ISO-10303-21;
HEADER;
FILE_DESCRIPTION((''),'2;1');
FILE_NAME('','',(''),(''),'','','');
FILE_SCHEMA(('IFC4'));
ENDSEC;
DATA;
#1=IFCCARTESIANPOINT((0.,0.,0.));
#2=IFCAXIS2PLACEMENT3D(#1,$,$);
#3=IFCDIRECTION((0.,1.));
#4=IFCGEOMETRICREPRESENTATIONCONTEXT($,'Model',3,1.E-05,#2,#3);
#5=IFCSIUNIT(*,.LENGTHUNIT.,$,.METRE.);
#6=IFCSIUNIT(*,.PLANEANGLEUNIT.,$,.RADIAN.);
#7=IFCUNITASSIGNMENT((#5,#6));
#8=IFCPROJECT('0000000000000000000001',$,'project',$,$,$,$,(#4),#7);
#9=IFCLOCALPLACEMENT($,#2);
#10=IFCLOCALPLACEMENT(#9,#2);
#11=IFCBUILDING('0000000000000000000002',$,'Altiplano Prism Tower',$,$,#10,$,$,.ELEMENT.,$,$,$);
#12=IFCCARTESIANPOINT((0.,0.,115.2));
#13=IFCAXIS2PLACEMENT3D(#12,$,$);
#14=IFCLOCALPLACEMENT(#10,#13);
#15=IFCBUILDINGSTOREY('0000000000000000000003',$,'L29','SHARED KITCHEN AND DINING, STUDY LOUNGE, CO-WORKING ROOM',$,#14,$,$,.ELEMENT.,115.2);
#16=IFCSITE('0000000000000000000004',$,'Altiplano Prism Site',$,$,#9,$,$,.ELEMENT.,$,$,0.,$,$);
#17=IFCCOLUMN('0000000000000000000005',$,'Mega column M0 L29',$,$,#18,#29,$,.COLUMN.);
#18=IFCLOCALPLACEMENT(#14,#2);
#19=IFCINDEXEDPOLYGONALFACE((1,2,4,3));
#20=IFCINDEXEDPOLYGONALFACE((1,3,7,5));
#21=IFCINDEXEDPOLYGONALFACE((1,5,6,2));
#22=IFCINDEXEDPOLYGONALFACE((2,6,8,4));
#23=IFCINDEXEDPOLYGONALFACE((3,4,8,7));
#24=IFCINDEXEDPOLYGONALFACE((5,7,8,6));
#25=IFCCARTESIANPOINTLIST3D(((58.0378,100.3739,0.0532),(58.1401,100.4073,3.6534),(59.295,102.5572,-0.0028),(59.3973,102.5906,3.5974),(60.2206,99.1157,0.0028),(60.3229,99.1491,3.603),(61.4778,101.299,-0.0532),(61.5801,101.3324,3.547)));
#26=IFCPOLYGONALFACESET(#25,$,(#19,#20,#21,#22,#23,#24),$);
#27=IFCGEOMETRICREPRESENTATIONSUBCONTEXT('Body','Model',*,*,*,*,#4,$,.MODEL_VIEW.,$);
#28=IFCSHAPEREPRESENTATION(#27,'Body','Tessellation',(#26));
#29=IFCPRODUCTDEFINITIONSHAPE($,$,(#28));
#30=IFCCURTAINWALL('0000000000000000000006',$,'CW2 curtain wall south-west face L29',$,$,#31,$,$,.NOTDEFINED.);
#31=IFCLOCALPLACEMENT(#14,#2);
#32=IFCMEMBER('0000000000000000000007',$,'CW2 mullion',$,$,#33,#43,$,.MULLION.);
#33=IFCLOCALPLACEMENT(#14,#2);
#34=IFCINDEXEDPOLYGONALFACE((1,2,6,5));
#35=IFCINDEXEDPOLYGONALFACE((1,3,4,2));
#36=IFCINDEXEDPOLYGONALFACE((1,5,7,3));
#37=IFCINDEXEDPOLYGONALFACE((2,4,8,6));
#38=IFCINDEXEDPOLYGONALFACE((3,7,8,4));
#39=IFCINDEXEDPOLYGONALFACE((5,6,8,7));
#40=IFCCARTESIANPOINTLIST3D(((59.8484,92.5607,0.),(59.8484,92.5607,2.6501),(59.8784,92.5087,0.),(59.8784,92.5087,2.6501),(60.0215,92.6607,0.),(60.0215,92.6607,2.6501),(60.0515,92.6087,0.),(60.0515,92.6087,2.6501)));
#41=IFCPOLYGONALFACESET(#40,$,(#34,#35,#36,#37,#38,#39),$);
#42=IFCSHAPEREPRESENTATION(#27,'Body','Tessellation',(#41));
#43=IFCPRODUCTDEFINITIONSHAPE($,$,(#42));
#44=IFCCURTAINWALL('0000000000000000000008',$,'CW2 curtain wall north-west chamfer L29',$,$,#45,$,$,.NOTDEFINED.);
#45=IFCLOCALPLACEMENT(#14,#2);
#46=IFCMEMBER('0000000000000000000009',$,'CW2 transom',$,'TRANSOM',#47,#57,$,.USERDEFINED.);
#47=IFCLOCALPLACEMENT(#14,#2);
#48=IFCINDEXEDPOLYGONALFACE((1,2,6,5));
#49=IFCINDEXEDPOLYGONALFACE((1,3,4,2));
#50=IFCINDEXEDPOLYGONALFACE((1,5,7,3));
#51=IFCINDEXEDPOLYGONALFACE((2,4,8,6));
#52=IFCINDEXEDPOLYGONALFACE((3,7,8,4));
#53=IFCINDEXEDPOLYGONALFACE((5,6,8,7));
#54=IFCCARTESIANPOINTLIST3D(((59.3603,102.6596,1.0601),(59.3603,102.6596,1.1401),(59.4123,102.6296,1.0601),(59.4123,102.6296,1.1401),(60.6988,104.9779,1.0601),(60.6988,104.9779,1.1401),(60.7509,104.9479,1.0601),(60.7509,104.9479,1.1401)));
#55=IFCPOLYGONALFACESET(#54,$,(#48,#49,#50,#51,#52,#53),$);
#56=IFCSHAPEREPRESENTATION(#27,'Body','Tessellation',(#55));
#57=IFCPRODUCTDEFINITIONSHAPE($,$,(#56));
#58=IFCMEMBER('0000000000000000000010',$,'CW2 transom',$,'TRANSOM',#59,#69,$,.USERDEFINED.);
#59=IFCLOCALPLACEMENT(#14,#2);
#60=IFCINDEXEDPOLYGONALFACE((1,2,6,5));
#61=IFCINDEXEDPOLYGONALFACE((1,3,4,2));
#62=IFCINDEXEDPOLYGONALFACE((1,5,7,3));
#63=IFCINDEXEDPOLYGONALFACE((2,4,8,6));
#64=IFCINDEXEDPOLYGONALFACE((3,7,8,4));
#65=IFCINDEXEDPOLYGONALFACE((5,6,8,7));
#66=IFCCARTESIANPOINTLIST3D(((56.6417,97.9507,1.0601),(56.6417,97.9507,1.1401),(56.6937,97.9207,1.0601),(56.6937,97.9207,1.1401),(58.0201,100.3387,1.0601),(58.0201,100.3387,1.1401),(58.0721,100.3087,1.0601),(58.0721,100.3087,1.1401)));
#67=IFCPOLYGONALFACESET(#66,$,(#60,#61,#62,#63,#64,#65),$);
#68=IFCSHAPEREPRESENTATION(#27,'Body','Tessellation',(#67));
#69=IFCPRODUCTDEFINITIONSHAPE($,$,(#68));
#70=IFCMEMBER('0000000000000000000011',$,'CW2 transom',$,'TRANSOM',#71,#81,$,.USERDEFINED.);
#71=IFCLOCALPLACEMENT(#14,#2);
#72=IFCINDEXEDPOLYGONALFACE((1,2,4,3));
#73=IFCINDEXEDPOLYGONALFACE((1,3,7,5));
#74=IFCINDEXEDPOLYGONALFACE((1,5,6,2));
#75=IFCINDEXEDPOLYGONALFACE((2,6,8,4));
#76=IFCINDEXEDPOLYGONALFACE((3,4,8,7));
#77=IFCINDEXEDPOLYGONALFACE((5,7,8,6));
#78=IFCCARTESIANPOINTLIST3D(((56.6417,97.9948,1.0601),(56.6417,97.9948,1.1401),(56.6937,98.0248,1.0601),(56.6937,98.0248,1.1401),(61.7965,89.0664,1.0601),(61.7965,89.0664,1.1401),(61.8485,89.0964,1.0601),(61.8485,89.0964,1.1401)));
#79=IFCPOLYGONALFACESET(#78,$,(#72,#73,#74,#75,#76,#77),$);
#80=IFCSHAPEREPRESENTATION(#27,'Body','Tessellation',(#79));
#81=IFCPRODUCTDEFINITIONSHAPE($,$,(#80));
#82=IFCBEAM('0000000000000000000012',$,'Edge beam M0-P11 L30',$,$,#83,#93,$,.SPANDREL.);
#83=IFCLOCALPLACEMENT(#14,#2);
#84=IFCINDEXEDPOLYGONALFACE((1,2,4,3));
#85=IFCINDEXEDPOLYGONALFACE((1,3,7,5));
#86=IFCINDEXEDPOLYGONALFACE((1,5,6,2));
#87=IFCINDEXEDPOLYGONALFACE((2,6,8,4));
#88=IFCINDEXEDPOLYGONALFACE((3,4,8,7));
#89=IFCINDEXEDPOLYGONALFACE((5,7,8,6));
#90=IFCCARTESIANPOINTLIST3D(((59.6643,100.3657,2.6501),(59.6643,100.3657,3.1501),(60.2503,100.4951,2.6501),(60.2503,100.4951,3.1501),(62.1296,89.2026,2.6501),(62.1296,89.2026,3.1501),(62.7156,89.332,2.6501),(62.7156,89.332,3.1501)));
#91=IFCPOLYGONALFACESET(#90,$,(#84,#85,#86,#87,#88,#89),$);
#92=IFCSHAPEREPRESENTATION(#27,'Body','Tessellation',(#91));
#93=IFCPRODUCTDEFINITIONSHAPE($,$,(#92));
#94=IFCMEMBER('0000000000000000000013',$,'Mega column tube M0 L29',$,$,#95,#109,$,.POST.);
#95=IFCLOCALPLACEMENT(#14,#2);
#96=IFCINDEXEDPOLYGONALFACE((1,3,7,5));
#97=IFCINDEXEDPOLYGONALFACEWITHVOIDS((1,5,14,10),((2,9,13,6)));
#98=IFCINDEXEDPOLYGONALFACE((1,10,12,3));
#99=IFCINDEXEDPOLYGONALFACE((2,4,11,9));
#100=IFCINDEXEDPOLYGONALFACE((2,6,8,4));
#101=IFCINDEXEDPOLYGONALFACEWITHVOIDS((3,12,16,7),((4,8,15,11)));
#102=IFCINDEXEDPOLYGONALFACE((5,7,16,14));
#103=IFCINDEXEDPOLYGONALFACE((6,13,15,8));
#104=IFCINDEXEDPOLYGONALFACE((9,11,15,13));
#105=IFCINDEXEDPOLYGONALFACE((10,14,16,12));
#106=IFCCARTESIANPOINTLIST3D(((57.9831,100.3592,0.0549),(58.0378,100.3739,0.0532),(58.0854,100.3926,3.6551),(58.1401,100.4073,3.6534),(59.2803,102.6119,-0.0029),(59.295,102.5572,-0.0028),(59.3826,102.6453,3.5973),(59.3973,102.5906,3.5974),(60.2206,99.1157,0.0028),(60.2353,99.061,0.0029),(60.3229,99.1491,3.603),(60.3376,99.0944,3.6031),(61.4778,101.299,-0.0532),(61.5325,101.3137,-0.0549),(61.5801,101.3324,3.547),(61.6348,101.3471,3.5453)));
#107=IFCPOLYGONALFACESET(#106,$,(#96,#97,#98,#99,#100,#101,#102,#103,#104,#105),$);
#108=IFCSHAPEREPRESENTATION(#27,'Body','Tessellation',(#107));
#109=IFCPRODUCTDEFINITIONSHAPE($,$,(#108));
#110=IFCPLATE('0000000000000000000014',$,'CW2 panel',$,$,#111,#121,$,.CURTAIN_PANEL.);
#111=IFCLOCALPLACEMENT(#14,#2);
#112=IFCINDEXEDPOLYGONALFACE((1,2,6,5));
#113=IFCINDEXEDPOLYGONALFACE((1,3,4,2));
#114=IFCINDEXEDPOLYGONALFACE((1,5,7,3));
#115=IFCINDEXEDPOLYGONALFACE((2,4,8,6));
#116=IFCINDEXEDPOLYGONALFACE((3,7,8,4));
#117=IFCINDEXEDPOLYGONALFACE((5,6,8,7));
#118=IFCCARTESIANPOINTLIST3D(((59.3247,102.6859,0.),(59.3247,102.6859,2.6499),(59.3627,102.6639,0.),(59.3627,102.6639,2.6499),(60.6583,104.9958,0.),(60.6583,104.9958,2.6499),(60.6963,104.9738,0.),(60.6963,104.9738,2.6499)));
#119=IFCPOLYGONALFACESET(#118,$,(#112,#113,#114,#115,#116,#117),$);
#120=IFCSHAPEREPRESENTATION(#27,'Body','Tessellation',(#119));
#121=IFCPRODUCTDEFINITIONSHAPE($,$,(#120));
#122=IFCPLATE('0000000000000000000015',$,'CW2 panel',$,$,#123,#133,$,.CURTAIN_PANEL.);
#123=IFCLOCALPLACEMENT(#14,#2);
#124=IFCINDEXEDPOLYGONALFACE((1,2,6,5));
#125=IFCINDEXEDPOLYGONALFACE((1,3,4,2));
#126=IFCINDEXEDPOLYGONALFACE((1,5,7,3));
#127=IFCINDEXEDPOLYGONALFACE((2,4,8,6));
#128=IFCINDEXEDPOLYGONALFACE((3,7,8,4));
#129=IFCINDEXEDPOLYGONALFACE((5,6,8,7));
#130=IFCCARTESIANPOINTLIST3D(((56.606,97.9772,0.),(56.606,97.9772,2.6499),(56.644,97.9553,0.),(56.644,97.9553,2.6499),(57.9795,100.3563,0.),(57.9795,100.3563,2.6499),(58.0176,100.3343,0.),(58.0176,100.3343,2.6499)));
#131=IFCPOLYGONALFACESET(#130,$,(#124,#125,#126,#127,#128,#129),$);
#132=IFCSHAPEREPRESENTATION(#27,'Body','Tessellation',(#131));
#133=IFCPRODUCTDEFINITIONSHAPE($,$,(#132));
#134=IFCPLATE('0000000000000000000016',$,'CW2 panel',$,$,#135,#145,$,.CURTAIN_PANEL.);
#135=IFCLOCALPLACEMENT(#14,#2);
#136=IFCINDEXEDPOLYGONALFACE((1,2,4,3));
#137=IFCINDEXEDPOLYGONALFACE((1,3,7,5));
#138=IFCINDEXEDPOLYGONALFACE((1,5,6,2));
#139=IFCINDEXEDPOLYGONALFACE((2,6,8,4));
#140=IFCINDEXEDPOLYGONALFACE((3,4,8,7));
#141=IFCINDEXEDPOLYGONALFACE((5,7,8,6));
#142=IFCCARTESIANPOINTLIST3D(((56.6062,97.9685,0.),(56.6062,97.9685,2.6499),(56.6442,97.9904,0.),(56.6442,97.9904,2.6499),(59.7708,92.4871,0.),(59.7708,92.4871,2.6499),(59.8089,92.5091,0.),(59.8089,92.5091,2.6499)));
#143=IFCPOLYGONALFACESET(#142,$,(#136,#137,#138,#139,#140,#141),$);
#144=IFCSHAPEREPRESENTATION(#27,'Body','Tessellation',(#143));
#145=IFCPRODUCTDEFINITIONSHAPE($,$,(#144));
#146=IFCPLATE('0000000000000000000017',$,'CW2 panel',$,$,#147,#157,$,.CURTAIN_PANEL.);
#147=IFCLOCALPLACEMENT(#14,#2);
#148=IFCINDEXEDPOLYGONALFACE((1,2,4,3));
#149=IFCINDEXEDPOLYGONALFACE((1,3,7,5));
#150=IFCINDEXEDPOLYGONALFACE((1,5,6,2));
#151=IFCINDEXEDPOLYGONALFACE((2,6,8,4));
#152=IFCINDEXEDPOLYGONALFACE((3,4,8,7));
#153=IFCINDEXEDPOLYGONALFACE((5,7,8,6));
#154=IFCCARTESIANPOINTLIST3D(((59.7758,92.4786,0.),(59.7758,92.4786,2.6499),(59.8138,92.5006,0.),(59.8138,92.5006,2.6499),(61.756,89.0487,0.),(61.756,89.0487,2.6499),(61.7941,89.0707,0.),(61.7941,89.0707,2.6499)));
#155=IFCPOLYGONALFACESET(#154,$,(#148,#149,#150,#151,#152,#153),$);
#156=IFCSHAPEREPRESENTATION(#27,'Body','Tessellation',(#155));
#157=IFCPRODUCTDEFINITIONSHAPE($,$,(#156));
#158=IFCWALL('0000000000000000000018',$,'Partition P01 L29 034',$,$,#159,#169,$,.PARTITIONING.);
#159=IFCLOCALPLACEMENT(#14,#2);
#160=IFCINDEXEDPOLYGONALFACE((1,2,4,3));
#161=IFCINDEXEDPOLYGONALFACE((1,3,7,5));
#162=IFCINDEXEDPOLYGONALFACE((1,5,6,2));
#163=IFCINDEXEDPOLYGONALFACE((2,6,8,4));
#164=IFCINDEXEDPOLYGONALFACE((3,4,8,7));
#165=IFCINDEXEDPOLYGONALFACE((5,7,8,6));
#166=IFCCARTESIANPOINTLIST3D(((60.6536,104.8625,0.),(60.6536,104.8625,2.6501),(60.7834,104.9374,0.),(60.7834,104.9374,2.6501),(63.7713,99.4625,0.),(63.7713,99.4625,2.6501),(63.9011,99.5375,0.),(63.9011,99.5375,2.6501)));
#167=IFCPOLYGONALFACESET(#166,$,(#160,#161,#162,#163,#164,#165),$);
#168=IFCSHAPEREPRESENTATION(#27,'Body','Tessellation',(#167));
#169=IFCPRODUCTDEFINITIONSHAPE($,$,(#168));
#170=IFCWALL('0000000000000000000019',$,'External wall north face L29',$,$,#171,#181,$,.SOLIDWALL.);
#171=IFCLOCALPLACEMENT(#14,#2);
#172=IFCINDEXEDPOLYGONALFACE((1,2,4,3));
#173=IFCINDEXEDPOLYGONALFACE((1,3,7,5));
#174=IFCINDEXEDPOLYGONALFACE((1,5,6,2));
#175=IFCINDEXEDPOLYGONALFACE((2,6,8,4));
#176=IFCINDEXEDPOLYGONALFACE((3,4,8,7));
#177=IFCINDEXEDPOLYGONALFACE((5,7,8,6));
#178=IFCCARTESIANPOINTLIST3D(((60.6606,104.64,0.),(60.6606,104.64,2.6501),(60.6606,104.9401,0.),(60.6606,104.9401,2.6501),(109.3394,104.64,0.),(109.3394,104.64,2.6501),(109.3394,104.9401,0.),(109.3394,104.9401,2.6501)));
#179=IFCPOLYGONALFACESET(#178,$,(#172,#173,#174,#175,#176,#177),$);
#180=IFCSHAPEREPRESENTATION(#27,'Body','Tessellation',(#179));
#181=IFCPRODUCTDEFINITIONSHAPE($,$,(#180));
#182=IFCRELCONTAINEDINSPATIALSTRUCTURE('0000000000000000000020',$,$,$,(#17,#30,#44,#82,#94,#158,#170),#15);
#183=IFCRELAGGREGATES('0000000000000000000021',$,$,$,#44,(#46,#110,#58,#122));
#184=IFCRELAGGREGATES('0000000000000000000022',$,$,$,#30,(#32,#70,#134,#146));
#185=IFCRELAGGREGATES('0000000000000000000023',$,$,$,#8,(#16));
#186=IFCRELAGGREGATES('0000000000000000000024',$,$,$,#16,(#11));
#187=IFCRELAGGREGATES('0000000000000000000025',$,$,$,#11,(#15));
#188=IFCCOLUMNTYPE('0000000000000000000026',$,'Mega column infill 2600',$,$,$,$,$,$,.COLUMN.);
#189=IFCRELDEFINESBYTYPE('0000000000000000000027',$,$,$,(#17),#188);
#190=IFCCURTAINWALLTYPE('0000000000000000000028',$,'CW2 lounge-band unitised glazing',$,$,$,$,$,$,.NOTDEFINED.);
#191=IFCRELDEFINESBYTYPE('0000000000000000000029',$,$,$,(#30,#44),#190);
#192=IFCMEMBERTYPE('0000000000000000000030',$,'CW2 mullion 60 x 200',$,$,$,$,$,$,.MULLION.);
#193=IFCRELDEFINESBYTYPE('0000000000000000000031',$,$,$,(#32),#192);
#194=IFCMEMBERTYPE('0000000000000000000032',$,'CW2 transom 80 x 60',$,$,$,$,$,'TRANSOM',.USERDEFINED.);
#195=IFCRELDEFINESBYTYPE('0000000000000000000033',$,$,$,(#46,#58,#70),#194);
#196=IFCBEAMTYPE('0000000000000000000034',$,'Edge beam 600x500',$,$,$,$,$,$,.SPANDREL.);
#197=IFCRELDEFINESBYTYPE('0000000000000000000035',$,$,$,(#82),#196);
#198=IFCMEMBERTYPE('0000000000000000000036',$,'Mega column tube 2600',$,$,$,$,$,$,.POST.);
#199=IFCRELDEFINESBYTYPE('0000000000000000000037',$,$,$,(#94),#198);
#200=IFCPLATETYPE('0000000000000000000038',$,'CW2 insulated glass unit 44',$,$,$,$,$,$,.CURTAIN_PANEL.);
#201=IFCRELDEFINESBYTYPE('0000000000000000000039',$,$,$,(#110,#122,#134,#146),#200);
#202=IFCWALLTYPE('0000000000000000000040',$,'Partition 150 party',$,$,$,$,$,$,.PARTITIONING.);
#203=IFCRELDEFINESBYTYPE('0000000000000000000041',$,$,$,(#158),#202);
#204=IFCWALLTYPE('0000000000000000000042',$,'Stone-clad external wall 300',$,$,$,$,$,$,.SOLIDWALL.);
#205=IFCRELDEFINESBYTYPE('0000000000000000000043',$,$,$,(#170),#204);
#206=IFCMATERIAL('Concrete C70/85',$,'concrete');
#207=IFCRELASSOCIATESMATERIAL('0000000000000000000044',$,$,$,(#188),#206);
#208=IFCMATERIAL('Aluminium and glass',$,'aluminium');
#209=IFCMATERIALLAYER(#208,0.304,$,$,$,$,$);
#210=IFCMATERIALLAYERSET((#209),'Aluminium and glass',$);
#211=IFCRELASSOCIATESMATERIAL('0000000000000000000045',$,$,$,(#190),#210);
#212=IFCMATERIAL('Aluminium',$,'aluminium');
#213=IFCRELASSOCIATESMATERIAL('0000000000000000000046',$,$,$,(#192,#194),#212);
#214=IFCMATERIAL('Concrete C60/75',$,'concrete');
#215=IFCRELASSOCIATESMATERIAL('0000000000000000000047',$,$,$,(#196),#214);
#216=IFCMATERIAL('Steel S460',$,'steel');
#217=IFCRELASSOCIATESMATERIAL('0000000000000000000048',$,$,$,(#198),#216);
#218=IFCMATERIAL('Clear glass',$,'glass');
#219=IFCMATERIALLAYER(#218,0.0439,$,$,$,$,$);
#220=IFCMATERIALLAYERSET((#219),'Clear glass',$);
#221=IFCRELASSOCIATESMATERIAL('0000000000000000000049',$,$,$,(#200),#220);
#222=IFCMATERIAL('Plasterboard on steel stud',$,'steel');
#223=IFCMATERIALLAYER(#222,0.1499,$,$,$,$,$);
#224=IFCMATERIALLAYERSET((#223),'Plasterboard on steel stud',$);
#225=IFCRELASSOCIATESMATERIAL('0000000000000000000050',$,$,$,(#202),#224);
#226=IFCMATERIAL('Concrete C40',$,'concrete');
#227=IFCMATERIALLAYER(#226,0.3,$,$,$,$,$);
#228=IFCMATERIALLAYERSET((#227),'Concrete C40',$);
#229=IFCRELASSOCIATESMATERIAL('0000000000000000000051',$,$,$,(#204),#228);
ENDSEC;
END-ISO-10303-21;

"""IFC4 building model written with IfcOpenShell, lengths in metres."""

from ifc_helpers import new_model, si_unit, direction, frame, frame_2d, origin, origin_2d, place, context, subcontext, project, spatial, rectangle, hollow_rectangle, extrude, material, layer, layer_set, material_profile, profile_set, type_object, element, aggregate, save


model = new_model("IFC4")

# Units and contexts
model_context = context("Model", 3, precision=1e-05, world=origin(), true_north=direction((0.0, 1.0)))
body_context = subcontext(model_context, "Body", "Model", "MODEL_VIEW")
ifc_project = project(units=[si_unit("LENGTHUNIT", "METRE"), si_unit("PLANEANGLEUNIT", "RADIAN")], contexts=[model_context])

# Site, building, storey
site_placement = place(None, origin())
site = spatial("IfcSite", under=ifc_project, at=site_placement, Name="Altiplano Prism Site", CompositionType="ELEMENT", RefElevation=0.0)
building_placement = place(site_placement, origin())
building = spatial("IfcBuilding", under=site, at=building_placement, Name="Altiplano Prism Tower", CompositionType="ELEMENT")
storey_placement = place(building_placement, frame((0.0, 0.0, 115.2)))
storey = spatial("IfcBuildingStorey", under=building, at=storey_placement, Name="L29", Description="SHARED KITCHEN AND DINING, STUDY LOUNGE, CO-WORKING ROOM", CompositionType="ELEMENT", Elevation=115.2)

# Column
ifc_material_1 = material(Name="Concrete C70/85", Category="concrete")
ifc_material_profile_1 = material_profile(ifc_material_1, rectangle(XDim=2.52, YDim=2.52, at=origin_2d()), Name="Mega column infill 2600")
ifc_profile_set_1 = profile_set([ifc_material_profile_1], Name="Concrete C70/85")
column_type = type_object("IfcColumnType", Name="Mega column infill 2600", PredefinedType="COLUMN", material=ifc_profile_set_1)
column_placement = place(storey_placement, frame((59.7578, 100.8364, 0.0), z_axis=(0.028402, 0.009287, 0.999553), x_axis=(-0.866202, 0.499295, 0.019974)))
element("IfcColumn", 1, at=column_placement, inside=storey, type_object=column_type, Name="Mega column M0 L29", PredefinedType="COLUMN", context=body_context, shape_type="SweptSolid", body=[
    extrude(rectangle(XDim=2.52, YDim=2.52, at=origin_2d()), origin(), (0.0, 0.0, 1.0), 3.6018),
])

# Curtain wall, member
ifc_material_2 = material(Name="Aluminium and glass", Category="aluminium")
ifc_layer_1 = layer(ifc_material_2, 0.304)
ifc_layer_set_1 = layer_set([ifc_layer_1], Name="Aluminium and glass")
curtain_wall_type = type_object("IfcCurtainWallType", Name="CW2 lounge-band unitised glazing", PredefinedType="NOTDEFINED", material=ifc_layer_set_1)
curtain_wall_1_placement = place(storey_placement, origin())
curtain_wall_1 = element("IfcCurtainWall", 2, at=curtain_wall_1_placement, inside=storey, type_object=curtain_wall_type, Name="CW2 curtain wall south-west face L29", PredefinedType="NOTDEFINED")
ifc_material_3 = material(Name="Aluminium", Category="aluminium")
ifc_material_profile_2 = material_profile(ifc_material_3, rectangle(XDim=0.2, YDim=0.0601, at=origin_2d()), Name="CW2 mullion 60 x 200")
ifc_profile_set_2 = profile_set([ifc_material_profile_2], Name="Aluminium")
member_type_1 = type_object("IfcMemberType", Name="CW2 mullion 60 x 200", PredefinedType="MULLION", material=ifc_profile_set_2)
member_1_placement = place(storey_placement, frame((59.95, 92.5847, 0.0), z_axis=(0.0, 0.0, 1.0), x_axis=(0.866025, 0.5, 0.0)))
member_1 = element("IfcMember", 3, at=member_1_placement, type_object=member_type_1, Name="CW2 mullion", PredefinedType="MULLION", context=body_context, shape_type="SweptSolid", body=[
    extrude(rectangle(XDim=0.2, YDim=0.0601, at=origin_2d()), origin(), (0.0, 0.0, 1.0), 2.6501),
])

# Curtain wall, members
curtain_wall_2_placement = place(storey_placement, origin())
curtain_wall_2 = element("IfcCurtainWall", 4, at=curtain_wall_2_placement, inside=storey, type_object=curtain_wall_type, Name="CW2 curtain wall north-west chamfer L29", PredefinedType="NOTDEFINED")
ifc_material_profile_3 = material_profile(ifc_material_3, rectangle(XDim=0.0601, YDim=0.0801, at=origin_2d()), Name="CW2 transom 80 x 60")
ifc_profile_set_3 = profile_set([ifc_material_profile_3], Name="Aluminium")
member_type_2 = type_object("IfcMemberType", Name="CW2 transom 80 x 60", ElementType="TRANSOM", PredefinedType="USERDEFINED", material=ifc_profile_set_3)
member_2_placement = place(storey_placement, frame((60.7249, 104.9629, 1.1001), z_axis=(-0.500033, -0.866006, 0.0), x_axis=(0.866006, -0.500033, 0.0)))
member_2 = element("IfcMember", 5, at=member_2_placement, type_object=member_type_2, Name="CW2 transom", ObjectType="TRANSOM", PredefinedType="USERDEFINED", context=body_context, shape_type="SweptSolid", body=[
    extrude(rectangle(XDim=0.0601, YDim=0.0801, at=origin_2d()), origin(), (0.0, 0.0, 1.0), 2.677),
])
member_3_placement = place(storey_placement, frame((58.0461, 100.3237, 1.1001), z_axis=(-0.499929, -0.866066, 0.0), x_axis=(0.866066, -0.499929, 0.0)))
member_3 = element("IfcMember", 6, at=member_3_placement, type_object=member_type_2, Name="CW2 transom", ObjectType="TRANSOM", PredefinedType="USERDEFINED", context=body_context, shape_type="SweptSolid", body=[
    extrude(rectangle(XDim=0.0601, YDim=0.0801, at=origin_2d()), origin(), (0.0, 0.0, 1.0), 2.7573),
])

# Member
member_4_placement = place(storey_placement, frame((56.6677, 98.0098, 1.1001), z_axis=(0.499995, -0.866028, 0.0), x_axis=(0.866028, 0.499995, 0.0)))
member_4 = element("IfcMember", 7, at=member_4_placement, type_object=member_type_2, Name="CW2 transom", ObjectType="TRANSOM", PredefinedType="USERDEFINED", context=body_context, shape_type="SweptSolid", body=[
    extrude(rectangle(XDim=0.0601, YDim=0.0801, at=origin_2d()), origin(), (0.0, 0.0, 1.0), 10.3096),
])

# Beam
ifc_material_4 = material(Name="Concrete C60/75", Category="concrete")
ifc_material_profile_4 = material_profile(ifc_material_4, rectangle(XDim=0.6001, YDim=0.5, at=origin_2d()), Name="Edge beam 600x500")
ifc_profile_set_4 = profile_set([ifc_material_profile_4], Name="Concrete C60/75")
beam_type = type_object("IfcBeamType", Name="Edge beam 600x500", PredefinedType="SPANDREL", material=ifc_profile_set_4)
beam_placement = place(storey_placement, frame((59.9573, 100.4304, 2.9001), z_axis=(0.21565, -0.976471, 0.0), x_axis=(0.976471, 0.21565, 0.0)))
element("IfcBeam", 8, at=beam_placement, inside=storey, type_object=beam_type, Name="Edge beam M0-P11 L30", PredefinedType="SPANDREL", context=body_context, shape_type="SweptSolid", body=[
    extrude(rectangle(XDim=0.6001, YDim=0.5, at=origin_2d()), origin(), (0.0, 0.0, 1.0), 11.4321),
])

# Member
ifc_material_5 = material(Name="Steel S460", Category="steel")
ifc_material_profile_5 = material_profile(ifc_material_5, hollow_rectangle(XDim=2.6001, YDim=2.6001, WallThickness=0.04, at=origin_2d()), Name="Mega column tube 2600")
ifc_profile_set_5 = profile_set([ifc_material_profile_5], Name="Steel S460")
member_type_3 = type_object("IfcMemberType", Name="Mega column tube 2600", PredefinedType="POST", material=ifc_profile_set_5)
member_5_placement = place(storey_placement, frame((59.7578, 100.8364, 0.0), z_axis=(0.028402, 0.009287, 0.999553), x_axis=(-0.866202, 0.499295, 0.019974)))
element("IfcMember", 9, at=member_5_placement, inside=storey, type_object=member_type_3, Name="Mega column tube M0 L29", PredefinedType="POST", context=body_context, shape_type="SweptSolid", body=[
    extrude(hollow_rectangle(XDim=2.6001, YDim=2.6001, WallThickness=0.04, at=origin_2d()), origin(), (0.0, 0.0, 1.0), 3.6018),
])

# Plates
ifc_material_6 = material(Name="Clear glass", Category="glass")
ifc_layer_2 = layer(ifc_material_6, 0.0439)
ifc_layer_set_2 = layer_set([ifc_layer_2], Name="Clear glass")
plate_type = type_object("IfcPlateType", Name="CW2 insulated glass unit 44", PredefinedType="CURTAIN_PANEL", material=ifc_layer_set_2)
plate_1_placement = place(storey_placement, frame((60.0105, 103.8298, 0.0), z_axis=(0.0, 0.0, 1.0), x_axis=(-0.5, -0.866025, 0.0)))
plate_1 = element("IfcPlate", 10, at=plate_1_placement, type_object=plate_type, Name="CW2 panel", PredefinedType="CURTAIN_PANEL", context=body_context, shape_type="SweptSolid", body=[
    extrude(rectangle(XDim=2.6672, YDim=0.0439, at=origin_2d()), origin(), (0.0, 0.0, 1.0), 2.6499),
])
plate_2_placement = place(storey_placement, frame((57.3118, 99.1558, 0.0), z_axis=(0.0, 0.0, 1.0), x_axis=(-0.5, -0.866025, 0.0)))
plate_2 = element("IfcPlate", 11, at=plate_2_placement, type_object=plate_type, Name="CW2 panel", PredefinedType="CURTAIN_PANEL", context=body_context, shape_type="SweptSolid", body=[
    extrude(rectangle(XDim=2.7471, YDim=0.0439, at=origin_2d()), origin(), (0.0, 0.0, 1.0), 2.6499),
])
aggregate(curtain_wall_2, [member_2, plate_1, member_3, plate_2])
plate_3_placement = place(storey_placement, frame((58.2075, 95.2388, 0.0), z_axis=(0.0, 0.0, 1.0), x_axis=(0.5, -0.866025, 0.0)))
plate_3 = element("IfcPlate", 12, at=plate_3_placement, type_object=plate_type, Name="CW2 panel", PredefinedType="CURTAIN_PANEL", context=body_context, shape_type="SweptSolid", body=[
    extrude(rectangle(XDim=6.3293, YDim=0.0439, at=origin_2d()), origin(), (0.0, 0.0, 1.0), 2.6499),
])
plate_4_placement = place(storey_placement, frame((60.7849, 90.7747, 0.0), z_axis=(0.0, 0.0, 1.0), x_axis=(0.5, -0.866025, 0.0)))
plate_4 = element("IfcPlate", 13, at=plate_4_placement, type_object=plate_type, Name="CW2 panel", PredefinedType="CURTAIN_PANEL", context=body_context, shape_type="SweptSolid", body=[
    extrude(rectangle(XDim=3.9604, YDim=0.0439, at=origin_2d()), origin(), (0.0, 0.0, 1.0), 2.6499),
])
aggregate(curtain_wall_1, [member_1, member_4, plate_3, plate_4])

# Walls
ifc_material_7 = material(Name="Plasterboard on steel stud", Category="steel")
ifc_layer_3 = layer(ifc_material_7, 0.1499)
ifc_layer_set_3 = layer_set([ifc_layer_3], Name="Plasterboard on steel stud")
wall_type_1 = type_object("IfcWallType", Name="Partition 150 party", PredefinedType="PARTITIONING", material=ifc_layer_set_3)
wall_1_placement = place(storey_placement, frame((63.8362, 99.5, 0.0), z_axis=(0.0, 0.0, 1.0), x_axis=(-0.500005, 0.866023, 0.0)))
element("IfcWall", 14, at=wall_1_placement, inside=storey, type_object=wall_type_1, Name="Partition P01 L29 034", PredefinedType="PARTITIONING", context=body_context, shape_type="SweptSolid", body=[
    extrude(rectangle(XDim=6.2354, YDim=0.1499, at=frame_2d((3.1177, 0.0))), origin(), (0.0, 0.0, 1.0), 2.6501),
])
ifc_material_8 = material(Name="Concrete C40", Category="concrete")
ifc_layer_4 = layer(ifc_material_8, 0.3)
ifc_layer_set_4 = layer_set([ifc_layer_4], Name="Concrete C40")
wall_type_2 = type_object("IfcWallType", Name="Stone-clad external wall 300", PredefinedType="SOLIDWALL", material=ifc_layer_set_4)
wall_2_placement = place(storey_placement, frame((60.6606, 104.79, 0.0), z_axis=(0.0, 0.0, 1.0), x_axis=(1.0, 0.0, 0.0)))
element("IfcWall", 15, at=wall_2_placement, inside=storey, type_object=wall_type_2, Name="External wall north face L29", PredefinedType="SOLIDWALL", context=body_context, shape_type="SweptSolid", body=[
    extrude(rectangle(XDim=48.6787, YDim=0.3, at=frame_2d((24.3394, 0.0))), origin(), (0.0, 0.0, 1.0), 2.6501),
])

save(model, "model.ifc")
